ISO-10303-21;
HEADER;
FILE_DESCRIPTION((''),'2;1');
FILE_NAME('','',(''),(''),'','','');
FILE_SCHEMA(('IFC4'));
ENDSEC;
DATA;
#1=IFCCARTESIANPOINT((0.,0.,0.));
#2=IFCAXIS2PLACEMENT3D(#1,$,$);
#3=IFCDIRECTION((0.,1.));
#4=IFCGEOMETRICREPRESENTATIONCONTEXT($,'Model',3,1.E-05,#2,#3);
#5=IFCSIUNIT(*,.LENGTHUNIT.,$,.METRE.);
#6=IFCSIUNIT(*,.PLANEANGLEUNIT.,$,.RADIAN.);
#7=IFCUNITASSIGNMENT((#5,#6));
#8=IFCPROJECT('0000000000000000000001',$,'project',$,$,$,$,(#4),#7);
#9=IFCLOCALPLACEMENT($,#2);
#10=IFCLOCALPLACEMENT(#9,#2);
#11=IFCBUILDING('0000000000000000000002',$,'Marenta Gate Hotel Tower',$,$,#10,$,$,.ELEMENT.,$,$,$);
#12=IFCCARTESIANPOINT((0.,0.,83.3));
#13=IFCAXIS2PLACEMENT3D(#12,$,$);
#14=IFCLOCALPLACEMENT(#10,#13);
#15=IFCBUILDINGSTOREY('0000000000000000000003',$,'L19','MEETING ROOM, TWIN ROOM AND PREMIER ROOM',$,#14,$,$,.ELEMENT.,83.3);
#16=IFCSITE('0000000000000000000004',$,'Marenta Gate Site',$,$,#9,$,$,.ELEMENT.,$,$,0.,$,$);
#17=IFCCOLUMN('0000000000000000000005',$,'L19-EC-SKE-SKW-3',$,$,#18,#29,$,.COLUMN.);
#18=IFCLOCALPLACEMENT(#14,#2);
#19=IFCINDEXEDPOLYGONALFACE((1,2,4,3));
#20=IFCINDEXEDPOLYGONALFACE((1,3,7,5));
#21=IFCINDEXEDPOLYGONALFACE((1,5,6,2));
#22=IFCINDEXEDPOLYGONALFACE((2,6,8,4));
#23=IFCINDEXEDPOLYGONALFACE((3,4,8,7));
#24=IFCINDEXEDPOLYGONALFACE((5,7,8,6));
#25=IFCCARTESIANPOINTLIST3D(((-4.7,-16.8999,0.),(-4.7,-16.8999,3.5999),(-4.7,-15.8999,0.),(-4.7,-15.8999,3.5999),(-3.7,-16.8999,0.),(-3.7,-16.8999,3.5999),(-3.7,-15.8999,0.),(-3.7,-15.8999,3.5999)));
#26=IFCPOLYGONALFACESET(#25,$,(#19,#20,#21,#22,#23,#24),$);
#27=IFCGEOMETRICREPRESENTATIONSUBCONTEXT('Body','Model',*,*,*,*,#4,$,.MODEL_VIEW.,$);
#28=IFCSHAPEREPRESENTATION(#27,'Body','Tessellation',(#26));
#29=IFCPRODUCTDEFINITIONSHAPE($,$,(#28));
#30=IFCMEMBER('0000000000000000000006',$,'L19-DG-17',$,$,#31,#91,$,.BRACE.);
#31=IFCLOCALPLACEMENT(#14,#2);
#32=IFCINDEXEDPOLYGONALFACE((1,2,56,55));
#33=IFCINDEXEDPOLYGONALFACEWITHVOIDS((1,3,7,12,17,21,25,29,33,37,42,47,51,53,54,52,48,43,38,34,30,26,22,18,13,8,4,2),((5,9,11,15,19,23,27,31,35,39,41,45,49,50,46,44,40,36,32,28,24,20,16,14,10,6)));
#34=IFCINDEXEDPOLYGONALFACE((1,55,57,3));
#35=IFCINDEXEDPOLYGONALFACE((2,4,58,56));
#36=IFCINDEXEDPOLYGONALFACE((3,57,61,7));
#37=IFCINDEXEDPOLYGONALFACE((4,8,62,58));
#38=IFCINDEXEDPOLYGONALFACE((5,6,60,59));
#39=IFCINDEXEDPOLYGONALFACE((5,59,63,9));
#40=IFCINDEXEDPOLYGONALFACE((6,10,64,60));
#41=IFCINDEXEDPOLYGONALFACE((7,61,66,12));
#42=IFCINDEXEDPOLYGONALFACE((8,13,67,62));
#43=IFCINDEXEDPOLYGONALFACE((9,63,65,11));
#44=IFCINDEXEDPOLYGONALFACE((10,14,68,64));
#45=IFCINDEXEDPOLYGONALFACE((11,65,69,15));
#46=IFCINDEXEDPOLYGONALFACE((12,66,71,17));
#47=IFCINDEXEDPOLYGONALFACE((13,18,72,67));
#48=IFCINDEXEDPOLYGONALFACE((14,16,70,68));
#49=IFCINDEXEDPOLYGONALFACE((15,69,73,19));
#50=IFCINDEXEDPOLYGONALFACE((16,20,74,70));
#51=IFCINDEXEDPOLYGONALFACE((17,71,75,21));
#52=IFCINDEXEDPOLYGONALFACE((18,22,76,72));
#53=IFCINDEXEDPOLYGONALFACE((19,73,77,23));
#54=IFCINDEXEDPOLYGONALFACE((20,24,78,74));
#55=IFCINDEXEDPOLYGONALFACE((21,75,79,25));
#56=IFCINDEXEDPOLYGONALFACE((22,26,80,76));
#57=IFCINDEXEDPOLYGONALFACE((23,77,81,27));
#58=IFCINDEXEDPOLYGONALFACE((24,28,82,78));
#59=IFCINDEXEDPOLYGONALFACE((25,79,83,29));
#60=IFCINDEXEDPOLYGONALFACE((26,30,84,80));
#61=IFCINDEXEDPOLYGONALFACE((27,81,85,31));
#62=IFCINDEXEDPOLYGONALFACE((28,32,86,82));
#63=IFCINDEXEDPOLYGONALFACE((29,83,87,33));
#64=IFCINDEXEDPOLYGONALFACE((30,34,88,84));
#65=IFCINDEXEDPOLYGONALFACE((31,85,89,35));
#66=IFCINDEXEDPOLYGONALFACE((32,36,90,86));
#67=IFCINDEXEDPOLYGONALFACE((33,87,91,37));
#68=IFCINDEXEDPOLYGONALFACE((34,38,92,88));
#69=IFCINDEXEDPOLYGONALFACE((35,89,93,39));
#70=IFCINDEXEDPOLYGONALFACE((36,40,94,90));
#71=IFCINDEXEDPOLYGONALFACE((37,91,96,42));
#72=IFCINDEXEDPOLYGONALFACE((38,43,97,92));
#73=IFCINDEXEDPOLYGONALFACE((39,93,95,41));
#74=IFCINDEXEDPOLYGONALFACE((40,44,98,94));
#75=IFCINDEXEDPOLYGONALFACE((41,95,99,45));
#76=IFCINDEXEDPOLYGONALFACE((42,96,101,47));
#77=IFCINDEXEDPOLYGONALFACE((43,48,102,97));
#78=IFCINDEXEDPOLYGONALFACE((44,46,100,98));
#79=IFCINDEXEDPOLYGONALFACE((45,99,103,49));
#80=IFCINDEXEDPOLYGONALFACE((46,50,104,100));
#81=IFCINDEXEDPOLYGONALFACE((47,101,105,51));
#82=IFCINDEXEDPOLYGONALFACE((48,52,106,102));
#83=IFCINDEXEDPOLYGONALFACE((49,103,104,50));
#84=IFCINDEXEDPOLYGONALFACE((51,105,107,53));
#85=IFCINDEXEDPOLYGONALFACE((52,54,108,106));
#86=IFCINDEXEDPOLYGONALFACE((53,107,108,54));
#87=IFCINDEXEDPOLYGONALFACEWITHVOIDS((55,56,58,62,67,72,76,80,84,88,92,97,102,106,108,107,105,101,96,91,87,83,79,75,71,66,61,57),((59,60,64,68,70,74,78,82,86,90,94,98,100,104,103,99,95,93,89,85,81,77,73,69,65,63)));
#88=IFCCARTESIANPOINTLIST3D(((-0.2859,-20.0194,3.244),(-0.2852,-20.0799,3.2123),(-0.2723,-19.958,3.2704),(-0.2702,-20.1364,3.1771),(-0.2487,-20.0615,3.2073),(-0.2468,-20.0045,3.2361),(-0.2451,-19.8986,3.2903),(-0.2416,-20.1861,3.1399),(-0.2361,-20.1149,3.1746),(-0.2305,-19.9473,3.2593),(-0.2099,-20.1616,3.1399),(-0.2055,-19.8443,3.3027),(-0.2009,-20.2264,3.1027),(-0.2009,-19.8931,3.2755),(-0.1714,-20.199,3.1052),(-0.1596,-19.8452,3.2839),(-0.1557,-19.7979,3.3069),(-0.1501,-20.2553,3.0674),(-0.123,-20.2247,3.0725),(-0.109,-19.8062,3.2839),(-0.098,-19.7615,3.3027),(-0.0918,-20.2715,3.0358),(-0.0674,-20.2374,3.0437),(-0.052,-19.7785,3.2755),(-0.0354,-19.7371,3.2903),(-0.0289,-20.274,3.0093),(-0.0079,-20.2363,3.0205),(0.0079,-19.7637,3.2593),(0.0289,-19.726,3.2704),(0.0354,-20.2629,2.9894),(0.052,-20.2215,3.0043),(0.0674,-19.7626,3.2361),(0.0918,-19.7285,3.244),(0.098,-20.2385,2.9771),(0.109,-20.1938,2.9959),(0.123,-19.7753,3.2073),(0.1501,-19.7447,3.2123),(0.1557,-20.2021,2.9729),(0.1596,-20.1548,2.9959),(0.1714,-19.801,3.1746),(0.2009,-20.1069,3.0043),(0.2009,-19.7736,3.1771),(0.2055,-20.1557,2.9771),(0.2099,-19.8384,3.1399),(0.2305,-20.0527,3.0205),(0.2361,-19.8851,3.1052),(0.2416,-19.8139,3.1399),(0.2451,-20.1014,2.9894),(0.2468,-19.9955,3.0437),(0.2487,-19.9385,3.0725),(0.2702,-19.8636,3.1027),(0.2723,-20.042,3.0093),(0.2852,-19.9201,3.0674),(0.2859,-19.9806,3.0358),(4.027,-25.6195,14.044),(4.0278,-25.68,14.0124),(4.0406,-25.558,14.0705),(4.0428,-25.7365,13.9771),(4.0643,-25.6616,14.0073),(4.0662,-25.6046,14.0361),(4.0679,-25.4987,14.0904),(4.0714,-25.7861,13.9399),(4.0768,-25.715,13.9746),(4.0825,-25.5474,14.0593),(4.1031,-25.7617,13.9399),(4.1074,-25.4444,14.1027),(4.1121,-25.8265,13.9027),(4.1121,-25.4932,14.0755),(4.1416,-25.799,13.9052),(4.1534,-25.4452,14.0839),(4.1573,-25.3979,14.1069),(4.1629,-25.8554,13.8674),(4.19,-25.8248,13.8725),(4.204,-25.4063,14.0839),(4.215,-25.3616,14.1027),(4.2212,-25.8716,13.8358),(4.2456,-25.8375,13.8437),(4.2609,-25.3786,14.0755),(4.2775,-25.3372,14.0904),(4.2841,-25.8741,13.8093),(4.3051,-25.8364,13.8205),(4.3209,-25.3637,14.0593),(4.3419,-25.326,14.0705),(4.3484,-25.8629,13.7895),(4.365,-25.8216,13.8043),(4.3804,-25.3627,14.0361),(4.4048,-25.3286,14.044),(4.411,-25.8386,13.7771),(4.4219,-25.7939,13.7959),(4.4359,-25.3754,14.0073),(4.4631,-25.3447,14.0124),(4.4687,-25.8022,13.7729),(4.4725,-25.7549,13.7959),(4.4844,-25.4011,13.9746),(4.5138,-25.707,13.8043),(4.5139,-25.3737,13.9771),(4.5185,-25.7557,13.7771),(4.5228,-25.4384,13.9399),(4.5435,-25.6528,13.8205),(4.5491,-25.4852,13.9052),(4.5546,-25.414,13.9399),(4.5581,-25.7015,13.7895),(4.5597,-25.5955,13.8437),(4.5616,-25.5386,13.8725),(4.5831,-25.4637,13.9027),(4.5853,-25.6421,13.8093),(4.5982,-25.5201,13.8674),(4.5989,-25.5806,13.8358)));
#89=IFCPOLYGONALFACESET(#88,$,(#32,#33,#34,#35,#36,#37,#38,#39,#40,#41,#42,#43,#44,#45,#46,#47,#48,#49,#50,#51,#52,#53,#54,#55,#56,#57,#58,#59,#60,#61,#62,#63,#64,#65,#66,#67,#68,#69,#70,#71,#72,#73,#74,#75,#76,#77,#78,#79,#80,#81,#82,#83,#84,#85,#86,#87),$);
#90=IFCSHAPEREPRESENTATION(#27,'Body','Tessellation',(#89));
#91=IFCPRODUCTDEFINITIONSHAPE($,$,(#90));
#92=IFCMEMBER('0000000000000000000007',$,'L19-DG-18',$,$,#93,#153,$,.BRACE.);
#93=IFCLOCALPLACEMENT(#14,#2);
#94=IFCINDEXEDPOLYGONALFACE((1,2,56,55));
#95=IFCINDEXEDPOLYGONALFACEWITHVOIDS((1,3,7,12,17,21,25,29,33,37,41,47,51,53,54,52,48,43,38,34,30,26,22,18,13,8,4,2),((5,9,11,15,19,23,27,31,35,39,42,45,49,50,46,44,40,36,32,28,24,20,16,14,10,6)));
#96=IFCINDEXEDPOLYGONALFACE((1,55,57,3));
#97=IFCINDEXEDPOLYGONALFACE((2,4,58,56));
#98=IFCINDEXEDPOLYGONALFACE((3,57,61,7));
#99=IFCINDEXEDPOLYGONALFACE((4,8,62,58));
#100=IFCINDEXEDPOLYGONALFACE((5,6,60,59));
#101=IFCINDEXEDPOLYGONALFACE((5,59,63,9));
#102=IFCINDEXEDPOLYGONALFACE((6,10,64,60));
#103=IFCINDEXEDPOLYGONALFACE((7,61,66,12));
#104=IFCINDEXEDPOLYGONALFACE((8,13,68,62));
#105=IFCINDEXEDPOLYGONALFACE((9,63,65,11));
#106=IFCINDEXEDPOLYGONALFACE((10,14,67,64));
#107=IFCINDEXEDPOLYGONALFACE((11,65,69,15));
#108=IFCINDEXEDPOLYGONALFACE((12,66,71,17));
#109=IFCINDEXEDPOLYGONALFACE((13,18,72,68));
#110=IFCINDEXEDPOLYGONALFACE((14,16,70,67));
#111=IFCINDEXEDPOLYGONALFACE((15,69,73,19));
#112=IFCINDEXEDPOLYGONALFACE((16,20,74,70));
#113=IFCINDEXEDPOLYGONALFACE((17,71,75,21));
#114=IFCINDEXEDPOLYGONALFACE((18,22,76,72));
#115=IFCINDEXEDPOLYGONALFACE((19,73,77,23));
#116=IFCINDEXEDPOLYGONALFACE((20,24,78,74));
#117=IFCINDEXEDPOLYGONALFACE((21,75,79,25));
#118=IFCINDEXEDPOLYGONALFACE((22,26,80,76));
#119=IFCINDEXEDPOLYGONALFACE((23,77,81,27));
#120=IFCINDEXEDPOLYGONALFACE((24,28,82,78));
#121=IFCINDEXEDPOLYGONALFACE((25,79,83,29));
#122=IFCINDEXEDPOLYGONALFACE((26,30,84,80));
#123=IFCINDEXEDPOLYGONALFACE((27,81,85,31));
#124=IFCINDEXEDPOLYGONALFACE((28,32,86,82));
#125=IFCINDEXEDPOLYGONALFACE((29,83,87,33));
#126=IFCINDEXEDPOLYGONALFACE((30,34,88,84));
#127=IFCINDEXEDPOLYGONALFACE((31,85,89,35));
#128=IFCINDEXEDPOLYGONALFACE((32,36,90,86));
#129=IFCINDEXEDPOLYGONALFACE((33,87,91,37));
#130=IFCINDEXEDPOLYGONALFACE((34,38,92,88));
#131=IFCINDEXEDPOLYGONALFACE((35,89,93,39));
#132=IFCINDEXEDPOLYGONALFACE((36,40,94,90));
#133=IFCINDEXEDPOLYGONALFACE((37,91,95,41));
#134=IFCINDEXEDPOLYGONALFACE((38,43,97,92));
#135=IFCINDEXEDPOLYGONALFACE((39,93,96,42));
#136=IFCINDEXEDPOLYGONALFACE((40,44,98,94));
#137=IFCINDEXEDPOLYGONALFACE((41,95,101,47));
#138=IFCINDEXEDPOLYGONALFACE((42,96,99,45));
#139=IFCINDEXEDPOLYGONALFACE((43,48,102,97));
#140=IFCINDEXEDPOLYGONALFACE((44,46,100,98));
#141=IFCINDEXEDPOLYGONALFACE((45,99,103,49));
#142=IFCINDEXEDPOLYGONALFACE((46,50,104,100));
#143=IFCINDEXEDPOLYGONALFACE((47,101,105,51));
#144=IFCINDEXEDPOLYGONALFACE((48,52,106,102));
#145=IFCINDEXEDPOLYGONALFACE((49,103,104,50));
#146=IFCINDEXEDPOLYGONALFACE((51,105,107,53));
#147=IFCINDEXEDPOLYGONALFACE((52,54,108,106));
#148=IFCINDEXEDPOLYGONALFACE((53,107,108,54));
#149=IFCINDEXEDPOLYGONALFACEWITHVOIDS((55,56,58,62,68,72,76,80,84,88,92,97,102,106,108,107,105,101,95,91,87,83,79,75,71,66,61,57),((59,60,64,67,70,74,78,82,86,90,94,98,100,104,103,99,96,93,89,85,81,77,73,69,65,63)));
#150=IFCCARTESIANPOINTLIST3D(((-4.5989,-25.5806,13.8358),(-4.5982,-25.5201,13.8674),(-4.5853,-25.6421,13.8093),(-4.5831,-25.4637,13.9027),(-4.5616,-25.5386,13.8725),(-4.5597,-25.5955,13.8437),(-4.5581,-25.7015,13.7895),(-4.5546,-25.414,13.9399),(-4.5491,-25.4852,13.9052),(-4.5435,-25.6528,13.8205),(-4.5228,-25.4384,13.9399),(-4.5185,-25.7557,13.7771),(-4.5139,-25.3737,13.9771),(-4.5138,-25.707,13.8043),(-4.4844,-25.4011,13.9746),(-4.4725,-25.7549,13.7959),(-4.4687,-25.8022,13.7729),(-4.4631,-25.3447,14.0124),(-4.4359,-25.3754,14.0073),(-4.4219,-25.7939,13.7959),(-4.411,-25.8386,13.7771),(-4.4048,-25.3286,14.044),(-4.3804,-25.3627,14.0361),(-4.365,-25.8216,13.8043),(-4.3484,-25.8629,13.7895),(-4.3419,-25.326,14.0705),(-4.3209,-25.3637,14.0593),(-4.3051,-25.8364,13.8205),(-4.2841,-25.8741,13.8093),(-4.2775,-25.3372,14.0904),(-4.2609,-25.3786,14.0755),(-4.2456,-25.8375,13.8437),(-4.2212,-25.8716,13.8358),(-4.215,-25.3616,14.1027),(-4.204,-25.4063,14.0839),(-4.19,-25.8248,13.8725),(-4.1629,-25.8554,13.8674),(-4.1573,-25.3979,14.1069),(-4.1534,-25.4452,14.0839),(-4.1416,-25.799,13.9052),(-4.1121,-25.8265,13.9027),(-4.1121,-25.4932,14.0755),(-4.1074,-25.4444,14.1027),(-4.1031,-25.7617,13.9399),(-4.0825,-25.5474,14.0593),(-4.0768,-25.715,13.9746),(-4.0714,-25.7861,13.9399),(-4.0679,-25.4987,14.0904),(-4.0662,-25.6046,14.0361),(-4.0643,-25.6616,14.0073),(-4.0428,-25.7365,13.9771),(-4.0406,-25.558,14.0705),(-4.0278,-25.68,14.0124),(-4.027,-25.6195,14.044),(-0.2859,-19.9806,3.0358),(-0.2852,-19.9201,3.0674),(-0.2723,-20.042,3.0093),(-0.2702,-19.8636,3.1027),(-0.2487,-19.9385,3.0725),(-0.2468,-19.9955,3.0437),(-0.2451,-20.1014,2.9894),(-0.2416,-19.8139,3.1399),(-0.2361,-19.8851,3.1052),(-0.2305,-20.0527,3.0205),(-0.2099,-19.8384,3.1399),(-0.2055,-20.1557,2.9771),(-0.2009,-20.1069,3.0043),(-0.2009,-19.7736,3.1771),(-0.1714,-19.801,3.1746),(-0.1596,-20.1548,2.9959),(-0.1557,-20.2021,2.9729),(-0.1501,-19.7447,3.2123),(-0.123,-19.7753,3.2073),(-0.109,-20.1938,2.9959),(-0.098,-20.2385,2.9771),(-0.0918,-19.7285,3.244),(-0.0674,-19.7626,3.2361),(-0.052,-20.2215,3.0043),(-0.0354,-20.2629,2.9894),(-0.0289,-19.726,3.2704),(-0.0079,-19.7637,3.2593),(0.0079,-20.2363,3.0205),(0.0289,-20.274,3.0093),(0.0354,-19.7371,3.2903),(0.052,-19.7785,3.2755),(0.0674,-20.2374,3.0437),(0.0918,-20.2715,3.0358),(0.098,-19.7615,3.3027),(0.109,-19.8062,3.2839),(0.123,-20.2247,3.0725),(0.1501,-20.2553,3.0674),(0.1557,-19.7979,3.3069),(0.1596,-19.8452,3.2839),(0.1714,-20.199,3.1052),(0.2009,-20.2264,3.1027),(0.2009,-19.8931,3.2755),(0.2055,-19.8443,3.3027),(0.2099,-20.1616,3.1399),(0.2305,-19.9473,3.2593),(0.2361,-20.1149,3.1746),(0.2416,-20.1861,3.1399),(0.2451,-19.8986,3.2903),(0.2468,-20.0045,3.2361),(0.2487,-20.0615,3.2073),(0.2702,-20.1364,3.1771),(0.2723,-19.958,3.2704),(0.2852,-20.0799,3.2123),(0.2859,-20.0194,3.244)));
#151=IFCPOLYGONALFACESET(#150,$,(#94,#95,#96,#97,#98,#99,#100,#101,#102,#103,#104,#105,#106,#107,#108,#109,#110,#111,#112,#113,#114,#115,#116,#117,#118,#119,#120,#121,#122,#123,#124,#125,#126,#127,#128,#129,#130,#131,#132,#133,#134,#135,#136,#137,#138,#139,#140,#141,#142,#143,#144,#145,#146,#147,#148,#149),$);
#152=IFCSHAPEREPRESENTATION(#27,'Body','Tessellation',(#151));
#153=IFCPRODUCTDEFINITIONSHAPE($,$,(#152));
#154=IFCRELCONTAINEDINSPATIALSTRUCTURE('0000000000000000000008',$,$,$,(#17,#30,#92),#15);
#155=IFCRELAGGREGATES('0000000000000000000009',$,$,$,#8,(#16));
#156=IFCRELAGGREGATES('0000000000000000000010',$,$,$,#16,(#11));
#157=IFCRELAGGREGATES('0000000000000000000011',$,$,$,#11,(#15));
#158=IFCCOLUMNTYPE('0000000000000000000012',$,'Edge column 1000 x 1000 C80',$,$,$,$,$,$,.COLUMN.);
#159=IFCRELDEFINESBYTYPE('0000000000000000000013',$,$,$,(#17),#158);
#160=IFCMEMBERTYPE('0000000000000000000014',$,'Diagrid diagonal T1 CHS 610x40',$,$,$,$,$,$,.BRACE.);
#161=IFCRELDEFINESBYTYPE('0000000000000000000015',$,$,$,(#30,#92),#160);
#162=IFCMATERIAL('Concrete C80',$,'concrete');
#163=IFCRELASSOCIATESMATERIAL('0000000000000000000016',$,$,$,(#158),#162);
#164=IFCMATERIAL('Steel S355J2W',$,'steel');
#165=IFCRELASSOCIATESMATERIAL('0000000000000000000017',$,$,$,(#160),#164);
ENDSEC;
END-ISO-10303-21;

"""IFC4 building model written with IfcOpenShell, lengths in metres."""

from ifc_helpers import new_model, si_unit, direction, frame, origin, origin_2d, place, context, subcontext, project, spatial, rectangle, hollow_circle, extrude, material, material_profile, profile_set, type_object, element, save


model = new_model("IFC4")

# Units and contexts
model_context = context("Model", 3, precision=1e-05, world=origin(), true_north=direction((0.0, 1.0)))
body_context = subcontext(model_context, "Body", "Model", "MODEL_VIEW")
ifc_project = project(units=[si_unit("LENGTHUNIT", "METRE"), si_unit("PLANEANGLEUNIT", "RADIAN")], contexts=[model_context])

# Site, building, storey
site_placement = place(None, origin())
site = spatial("IfcSite", under=ifc_project, at=site_placement, Name="Marenta Gate Site", CompositionType="ELEMENT", RefElevation=0.0)
building_placement = place(site_placement, origin())
building = spatial("IfcBuilding", under=site, at=building_placement, Name="Marenta Gate Hotel Tower", CompositionType="ELEMENT")
storey_placement = place(building_placement, frame((0.0, 0.0, 83.3)))
storey = spatial("IfcBuildingStorey", under=building, at=storey_placement, Name="L19", Description="MEETING ROOM, TWIN ROOM AND PREMIER ROOM", CompositionType="ELEMENT", Elevation=83.3)

# Column
ifc_material_1 = material(Name="Concrete C80", Category="concrete")
ifc_material_profile_1 = material_profile(ifc_material_1, rectangle(XDim=1.0, YDim=1.0, at=origin_2d()), Name="1000 x 1000")
ifc_profile_set_1 = profile_set([ifc_material_profile_1], Name="Concrete C80")
column_type = type_object("IfcColumnType", Name="Edge column 1000 x 1000 C80", PredefinedType="COLUMN", material=ifc_profile_set_1)
column_placement = place(storey_placement, frame((-4.2, -16.3999, 0.0), z_axis=(0.0, 0.0, 1.0), x_axis=(1.0, 0.0, 0.0)))
element("IfcColumn", 1, at=column_placement, inside=storey, type_object=column_type, Name="L19-EC-SKE-SKW-3", PredefinedType="COLUMN", context=body_context, shape_type="SweptSolid", body=[
    extrude(rectangle(XDim=1.0, YDim=1.0, at=origin_2d()), origin(), (0.0, 0.0, 1.0), 3.5999),
])

# Members
ifc_material_2 = material(Name="Steel S355J2W", Category="steel")
ifc_material_profile_2 = material_profile(ifc_material_2, hollow_circle(Radius=0.3049, WallThickness=0.04, at=origin_2d()), Name="CHS 610x40")
ifc_profile_set_2 = profile_set([ifc_material_profile_2], Name="Steel S355J2W")
member_type_1 = type_object("IfcMemberType", Name="Diagrid diagonal T1 CHS 610x40", PredefinedType="BRACE", material=ifc_profile_set_2)
for number, where, z_axis, x_axis, name in (
    (2, (0.0, -20.0, 3.1399), (0.334145, -0.433863, 0.836725), (0.792267, 0.610175, 0.0), "L19-DG-17"),
    (3, (0.0, -20.0, 3.1399), (-0.334145, -0.433863, 0.836725), (0.792267, -0.610175, 0.0), "L19-DG-18"),
):
    element("IfcMember", number, at=place(storey_placement, frame(where, z_axis=z_axis, x_axis=x_axis)), inside=storey, type_object=member_type_1, Name=name, PredefinedType="BRACE", context=body_context, shape_type="SweptSolid", body=[
        extrude(hollow_circle(Radius=0.3049, WallThickness=0.04, at=origin_2d()), origin(), (0.0, 0.0, 1.0), 12.9075),
    ])

save(model, "model.ifc")
